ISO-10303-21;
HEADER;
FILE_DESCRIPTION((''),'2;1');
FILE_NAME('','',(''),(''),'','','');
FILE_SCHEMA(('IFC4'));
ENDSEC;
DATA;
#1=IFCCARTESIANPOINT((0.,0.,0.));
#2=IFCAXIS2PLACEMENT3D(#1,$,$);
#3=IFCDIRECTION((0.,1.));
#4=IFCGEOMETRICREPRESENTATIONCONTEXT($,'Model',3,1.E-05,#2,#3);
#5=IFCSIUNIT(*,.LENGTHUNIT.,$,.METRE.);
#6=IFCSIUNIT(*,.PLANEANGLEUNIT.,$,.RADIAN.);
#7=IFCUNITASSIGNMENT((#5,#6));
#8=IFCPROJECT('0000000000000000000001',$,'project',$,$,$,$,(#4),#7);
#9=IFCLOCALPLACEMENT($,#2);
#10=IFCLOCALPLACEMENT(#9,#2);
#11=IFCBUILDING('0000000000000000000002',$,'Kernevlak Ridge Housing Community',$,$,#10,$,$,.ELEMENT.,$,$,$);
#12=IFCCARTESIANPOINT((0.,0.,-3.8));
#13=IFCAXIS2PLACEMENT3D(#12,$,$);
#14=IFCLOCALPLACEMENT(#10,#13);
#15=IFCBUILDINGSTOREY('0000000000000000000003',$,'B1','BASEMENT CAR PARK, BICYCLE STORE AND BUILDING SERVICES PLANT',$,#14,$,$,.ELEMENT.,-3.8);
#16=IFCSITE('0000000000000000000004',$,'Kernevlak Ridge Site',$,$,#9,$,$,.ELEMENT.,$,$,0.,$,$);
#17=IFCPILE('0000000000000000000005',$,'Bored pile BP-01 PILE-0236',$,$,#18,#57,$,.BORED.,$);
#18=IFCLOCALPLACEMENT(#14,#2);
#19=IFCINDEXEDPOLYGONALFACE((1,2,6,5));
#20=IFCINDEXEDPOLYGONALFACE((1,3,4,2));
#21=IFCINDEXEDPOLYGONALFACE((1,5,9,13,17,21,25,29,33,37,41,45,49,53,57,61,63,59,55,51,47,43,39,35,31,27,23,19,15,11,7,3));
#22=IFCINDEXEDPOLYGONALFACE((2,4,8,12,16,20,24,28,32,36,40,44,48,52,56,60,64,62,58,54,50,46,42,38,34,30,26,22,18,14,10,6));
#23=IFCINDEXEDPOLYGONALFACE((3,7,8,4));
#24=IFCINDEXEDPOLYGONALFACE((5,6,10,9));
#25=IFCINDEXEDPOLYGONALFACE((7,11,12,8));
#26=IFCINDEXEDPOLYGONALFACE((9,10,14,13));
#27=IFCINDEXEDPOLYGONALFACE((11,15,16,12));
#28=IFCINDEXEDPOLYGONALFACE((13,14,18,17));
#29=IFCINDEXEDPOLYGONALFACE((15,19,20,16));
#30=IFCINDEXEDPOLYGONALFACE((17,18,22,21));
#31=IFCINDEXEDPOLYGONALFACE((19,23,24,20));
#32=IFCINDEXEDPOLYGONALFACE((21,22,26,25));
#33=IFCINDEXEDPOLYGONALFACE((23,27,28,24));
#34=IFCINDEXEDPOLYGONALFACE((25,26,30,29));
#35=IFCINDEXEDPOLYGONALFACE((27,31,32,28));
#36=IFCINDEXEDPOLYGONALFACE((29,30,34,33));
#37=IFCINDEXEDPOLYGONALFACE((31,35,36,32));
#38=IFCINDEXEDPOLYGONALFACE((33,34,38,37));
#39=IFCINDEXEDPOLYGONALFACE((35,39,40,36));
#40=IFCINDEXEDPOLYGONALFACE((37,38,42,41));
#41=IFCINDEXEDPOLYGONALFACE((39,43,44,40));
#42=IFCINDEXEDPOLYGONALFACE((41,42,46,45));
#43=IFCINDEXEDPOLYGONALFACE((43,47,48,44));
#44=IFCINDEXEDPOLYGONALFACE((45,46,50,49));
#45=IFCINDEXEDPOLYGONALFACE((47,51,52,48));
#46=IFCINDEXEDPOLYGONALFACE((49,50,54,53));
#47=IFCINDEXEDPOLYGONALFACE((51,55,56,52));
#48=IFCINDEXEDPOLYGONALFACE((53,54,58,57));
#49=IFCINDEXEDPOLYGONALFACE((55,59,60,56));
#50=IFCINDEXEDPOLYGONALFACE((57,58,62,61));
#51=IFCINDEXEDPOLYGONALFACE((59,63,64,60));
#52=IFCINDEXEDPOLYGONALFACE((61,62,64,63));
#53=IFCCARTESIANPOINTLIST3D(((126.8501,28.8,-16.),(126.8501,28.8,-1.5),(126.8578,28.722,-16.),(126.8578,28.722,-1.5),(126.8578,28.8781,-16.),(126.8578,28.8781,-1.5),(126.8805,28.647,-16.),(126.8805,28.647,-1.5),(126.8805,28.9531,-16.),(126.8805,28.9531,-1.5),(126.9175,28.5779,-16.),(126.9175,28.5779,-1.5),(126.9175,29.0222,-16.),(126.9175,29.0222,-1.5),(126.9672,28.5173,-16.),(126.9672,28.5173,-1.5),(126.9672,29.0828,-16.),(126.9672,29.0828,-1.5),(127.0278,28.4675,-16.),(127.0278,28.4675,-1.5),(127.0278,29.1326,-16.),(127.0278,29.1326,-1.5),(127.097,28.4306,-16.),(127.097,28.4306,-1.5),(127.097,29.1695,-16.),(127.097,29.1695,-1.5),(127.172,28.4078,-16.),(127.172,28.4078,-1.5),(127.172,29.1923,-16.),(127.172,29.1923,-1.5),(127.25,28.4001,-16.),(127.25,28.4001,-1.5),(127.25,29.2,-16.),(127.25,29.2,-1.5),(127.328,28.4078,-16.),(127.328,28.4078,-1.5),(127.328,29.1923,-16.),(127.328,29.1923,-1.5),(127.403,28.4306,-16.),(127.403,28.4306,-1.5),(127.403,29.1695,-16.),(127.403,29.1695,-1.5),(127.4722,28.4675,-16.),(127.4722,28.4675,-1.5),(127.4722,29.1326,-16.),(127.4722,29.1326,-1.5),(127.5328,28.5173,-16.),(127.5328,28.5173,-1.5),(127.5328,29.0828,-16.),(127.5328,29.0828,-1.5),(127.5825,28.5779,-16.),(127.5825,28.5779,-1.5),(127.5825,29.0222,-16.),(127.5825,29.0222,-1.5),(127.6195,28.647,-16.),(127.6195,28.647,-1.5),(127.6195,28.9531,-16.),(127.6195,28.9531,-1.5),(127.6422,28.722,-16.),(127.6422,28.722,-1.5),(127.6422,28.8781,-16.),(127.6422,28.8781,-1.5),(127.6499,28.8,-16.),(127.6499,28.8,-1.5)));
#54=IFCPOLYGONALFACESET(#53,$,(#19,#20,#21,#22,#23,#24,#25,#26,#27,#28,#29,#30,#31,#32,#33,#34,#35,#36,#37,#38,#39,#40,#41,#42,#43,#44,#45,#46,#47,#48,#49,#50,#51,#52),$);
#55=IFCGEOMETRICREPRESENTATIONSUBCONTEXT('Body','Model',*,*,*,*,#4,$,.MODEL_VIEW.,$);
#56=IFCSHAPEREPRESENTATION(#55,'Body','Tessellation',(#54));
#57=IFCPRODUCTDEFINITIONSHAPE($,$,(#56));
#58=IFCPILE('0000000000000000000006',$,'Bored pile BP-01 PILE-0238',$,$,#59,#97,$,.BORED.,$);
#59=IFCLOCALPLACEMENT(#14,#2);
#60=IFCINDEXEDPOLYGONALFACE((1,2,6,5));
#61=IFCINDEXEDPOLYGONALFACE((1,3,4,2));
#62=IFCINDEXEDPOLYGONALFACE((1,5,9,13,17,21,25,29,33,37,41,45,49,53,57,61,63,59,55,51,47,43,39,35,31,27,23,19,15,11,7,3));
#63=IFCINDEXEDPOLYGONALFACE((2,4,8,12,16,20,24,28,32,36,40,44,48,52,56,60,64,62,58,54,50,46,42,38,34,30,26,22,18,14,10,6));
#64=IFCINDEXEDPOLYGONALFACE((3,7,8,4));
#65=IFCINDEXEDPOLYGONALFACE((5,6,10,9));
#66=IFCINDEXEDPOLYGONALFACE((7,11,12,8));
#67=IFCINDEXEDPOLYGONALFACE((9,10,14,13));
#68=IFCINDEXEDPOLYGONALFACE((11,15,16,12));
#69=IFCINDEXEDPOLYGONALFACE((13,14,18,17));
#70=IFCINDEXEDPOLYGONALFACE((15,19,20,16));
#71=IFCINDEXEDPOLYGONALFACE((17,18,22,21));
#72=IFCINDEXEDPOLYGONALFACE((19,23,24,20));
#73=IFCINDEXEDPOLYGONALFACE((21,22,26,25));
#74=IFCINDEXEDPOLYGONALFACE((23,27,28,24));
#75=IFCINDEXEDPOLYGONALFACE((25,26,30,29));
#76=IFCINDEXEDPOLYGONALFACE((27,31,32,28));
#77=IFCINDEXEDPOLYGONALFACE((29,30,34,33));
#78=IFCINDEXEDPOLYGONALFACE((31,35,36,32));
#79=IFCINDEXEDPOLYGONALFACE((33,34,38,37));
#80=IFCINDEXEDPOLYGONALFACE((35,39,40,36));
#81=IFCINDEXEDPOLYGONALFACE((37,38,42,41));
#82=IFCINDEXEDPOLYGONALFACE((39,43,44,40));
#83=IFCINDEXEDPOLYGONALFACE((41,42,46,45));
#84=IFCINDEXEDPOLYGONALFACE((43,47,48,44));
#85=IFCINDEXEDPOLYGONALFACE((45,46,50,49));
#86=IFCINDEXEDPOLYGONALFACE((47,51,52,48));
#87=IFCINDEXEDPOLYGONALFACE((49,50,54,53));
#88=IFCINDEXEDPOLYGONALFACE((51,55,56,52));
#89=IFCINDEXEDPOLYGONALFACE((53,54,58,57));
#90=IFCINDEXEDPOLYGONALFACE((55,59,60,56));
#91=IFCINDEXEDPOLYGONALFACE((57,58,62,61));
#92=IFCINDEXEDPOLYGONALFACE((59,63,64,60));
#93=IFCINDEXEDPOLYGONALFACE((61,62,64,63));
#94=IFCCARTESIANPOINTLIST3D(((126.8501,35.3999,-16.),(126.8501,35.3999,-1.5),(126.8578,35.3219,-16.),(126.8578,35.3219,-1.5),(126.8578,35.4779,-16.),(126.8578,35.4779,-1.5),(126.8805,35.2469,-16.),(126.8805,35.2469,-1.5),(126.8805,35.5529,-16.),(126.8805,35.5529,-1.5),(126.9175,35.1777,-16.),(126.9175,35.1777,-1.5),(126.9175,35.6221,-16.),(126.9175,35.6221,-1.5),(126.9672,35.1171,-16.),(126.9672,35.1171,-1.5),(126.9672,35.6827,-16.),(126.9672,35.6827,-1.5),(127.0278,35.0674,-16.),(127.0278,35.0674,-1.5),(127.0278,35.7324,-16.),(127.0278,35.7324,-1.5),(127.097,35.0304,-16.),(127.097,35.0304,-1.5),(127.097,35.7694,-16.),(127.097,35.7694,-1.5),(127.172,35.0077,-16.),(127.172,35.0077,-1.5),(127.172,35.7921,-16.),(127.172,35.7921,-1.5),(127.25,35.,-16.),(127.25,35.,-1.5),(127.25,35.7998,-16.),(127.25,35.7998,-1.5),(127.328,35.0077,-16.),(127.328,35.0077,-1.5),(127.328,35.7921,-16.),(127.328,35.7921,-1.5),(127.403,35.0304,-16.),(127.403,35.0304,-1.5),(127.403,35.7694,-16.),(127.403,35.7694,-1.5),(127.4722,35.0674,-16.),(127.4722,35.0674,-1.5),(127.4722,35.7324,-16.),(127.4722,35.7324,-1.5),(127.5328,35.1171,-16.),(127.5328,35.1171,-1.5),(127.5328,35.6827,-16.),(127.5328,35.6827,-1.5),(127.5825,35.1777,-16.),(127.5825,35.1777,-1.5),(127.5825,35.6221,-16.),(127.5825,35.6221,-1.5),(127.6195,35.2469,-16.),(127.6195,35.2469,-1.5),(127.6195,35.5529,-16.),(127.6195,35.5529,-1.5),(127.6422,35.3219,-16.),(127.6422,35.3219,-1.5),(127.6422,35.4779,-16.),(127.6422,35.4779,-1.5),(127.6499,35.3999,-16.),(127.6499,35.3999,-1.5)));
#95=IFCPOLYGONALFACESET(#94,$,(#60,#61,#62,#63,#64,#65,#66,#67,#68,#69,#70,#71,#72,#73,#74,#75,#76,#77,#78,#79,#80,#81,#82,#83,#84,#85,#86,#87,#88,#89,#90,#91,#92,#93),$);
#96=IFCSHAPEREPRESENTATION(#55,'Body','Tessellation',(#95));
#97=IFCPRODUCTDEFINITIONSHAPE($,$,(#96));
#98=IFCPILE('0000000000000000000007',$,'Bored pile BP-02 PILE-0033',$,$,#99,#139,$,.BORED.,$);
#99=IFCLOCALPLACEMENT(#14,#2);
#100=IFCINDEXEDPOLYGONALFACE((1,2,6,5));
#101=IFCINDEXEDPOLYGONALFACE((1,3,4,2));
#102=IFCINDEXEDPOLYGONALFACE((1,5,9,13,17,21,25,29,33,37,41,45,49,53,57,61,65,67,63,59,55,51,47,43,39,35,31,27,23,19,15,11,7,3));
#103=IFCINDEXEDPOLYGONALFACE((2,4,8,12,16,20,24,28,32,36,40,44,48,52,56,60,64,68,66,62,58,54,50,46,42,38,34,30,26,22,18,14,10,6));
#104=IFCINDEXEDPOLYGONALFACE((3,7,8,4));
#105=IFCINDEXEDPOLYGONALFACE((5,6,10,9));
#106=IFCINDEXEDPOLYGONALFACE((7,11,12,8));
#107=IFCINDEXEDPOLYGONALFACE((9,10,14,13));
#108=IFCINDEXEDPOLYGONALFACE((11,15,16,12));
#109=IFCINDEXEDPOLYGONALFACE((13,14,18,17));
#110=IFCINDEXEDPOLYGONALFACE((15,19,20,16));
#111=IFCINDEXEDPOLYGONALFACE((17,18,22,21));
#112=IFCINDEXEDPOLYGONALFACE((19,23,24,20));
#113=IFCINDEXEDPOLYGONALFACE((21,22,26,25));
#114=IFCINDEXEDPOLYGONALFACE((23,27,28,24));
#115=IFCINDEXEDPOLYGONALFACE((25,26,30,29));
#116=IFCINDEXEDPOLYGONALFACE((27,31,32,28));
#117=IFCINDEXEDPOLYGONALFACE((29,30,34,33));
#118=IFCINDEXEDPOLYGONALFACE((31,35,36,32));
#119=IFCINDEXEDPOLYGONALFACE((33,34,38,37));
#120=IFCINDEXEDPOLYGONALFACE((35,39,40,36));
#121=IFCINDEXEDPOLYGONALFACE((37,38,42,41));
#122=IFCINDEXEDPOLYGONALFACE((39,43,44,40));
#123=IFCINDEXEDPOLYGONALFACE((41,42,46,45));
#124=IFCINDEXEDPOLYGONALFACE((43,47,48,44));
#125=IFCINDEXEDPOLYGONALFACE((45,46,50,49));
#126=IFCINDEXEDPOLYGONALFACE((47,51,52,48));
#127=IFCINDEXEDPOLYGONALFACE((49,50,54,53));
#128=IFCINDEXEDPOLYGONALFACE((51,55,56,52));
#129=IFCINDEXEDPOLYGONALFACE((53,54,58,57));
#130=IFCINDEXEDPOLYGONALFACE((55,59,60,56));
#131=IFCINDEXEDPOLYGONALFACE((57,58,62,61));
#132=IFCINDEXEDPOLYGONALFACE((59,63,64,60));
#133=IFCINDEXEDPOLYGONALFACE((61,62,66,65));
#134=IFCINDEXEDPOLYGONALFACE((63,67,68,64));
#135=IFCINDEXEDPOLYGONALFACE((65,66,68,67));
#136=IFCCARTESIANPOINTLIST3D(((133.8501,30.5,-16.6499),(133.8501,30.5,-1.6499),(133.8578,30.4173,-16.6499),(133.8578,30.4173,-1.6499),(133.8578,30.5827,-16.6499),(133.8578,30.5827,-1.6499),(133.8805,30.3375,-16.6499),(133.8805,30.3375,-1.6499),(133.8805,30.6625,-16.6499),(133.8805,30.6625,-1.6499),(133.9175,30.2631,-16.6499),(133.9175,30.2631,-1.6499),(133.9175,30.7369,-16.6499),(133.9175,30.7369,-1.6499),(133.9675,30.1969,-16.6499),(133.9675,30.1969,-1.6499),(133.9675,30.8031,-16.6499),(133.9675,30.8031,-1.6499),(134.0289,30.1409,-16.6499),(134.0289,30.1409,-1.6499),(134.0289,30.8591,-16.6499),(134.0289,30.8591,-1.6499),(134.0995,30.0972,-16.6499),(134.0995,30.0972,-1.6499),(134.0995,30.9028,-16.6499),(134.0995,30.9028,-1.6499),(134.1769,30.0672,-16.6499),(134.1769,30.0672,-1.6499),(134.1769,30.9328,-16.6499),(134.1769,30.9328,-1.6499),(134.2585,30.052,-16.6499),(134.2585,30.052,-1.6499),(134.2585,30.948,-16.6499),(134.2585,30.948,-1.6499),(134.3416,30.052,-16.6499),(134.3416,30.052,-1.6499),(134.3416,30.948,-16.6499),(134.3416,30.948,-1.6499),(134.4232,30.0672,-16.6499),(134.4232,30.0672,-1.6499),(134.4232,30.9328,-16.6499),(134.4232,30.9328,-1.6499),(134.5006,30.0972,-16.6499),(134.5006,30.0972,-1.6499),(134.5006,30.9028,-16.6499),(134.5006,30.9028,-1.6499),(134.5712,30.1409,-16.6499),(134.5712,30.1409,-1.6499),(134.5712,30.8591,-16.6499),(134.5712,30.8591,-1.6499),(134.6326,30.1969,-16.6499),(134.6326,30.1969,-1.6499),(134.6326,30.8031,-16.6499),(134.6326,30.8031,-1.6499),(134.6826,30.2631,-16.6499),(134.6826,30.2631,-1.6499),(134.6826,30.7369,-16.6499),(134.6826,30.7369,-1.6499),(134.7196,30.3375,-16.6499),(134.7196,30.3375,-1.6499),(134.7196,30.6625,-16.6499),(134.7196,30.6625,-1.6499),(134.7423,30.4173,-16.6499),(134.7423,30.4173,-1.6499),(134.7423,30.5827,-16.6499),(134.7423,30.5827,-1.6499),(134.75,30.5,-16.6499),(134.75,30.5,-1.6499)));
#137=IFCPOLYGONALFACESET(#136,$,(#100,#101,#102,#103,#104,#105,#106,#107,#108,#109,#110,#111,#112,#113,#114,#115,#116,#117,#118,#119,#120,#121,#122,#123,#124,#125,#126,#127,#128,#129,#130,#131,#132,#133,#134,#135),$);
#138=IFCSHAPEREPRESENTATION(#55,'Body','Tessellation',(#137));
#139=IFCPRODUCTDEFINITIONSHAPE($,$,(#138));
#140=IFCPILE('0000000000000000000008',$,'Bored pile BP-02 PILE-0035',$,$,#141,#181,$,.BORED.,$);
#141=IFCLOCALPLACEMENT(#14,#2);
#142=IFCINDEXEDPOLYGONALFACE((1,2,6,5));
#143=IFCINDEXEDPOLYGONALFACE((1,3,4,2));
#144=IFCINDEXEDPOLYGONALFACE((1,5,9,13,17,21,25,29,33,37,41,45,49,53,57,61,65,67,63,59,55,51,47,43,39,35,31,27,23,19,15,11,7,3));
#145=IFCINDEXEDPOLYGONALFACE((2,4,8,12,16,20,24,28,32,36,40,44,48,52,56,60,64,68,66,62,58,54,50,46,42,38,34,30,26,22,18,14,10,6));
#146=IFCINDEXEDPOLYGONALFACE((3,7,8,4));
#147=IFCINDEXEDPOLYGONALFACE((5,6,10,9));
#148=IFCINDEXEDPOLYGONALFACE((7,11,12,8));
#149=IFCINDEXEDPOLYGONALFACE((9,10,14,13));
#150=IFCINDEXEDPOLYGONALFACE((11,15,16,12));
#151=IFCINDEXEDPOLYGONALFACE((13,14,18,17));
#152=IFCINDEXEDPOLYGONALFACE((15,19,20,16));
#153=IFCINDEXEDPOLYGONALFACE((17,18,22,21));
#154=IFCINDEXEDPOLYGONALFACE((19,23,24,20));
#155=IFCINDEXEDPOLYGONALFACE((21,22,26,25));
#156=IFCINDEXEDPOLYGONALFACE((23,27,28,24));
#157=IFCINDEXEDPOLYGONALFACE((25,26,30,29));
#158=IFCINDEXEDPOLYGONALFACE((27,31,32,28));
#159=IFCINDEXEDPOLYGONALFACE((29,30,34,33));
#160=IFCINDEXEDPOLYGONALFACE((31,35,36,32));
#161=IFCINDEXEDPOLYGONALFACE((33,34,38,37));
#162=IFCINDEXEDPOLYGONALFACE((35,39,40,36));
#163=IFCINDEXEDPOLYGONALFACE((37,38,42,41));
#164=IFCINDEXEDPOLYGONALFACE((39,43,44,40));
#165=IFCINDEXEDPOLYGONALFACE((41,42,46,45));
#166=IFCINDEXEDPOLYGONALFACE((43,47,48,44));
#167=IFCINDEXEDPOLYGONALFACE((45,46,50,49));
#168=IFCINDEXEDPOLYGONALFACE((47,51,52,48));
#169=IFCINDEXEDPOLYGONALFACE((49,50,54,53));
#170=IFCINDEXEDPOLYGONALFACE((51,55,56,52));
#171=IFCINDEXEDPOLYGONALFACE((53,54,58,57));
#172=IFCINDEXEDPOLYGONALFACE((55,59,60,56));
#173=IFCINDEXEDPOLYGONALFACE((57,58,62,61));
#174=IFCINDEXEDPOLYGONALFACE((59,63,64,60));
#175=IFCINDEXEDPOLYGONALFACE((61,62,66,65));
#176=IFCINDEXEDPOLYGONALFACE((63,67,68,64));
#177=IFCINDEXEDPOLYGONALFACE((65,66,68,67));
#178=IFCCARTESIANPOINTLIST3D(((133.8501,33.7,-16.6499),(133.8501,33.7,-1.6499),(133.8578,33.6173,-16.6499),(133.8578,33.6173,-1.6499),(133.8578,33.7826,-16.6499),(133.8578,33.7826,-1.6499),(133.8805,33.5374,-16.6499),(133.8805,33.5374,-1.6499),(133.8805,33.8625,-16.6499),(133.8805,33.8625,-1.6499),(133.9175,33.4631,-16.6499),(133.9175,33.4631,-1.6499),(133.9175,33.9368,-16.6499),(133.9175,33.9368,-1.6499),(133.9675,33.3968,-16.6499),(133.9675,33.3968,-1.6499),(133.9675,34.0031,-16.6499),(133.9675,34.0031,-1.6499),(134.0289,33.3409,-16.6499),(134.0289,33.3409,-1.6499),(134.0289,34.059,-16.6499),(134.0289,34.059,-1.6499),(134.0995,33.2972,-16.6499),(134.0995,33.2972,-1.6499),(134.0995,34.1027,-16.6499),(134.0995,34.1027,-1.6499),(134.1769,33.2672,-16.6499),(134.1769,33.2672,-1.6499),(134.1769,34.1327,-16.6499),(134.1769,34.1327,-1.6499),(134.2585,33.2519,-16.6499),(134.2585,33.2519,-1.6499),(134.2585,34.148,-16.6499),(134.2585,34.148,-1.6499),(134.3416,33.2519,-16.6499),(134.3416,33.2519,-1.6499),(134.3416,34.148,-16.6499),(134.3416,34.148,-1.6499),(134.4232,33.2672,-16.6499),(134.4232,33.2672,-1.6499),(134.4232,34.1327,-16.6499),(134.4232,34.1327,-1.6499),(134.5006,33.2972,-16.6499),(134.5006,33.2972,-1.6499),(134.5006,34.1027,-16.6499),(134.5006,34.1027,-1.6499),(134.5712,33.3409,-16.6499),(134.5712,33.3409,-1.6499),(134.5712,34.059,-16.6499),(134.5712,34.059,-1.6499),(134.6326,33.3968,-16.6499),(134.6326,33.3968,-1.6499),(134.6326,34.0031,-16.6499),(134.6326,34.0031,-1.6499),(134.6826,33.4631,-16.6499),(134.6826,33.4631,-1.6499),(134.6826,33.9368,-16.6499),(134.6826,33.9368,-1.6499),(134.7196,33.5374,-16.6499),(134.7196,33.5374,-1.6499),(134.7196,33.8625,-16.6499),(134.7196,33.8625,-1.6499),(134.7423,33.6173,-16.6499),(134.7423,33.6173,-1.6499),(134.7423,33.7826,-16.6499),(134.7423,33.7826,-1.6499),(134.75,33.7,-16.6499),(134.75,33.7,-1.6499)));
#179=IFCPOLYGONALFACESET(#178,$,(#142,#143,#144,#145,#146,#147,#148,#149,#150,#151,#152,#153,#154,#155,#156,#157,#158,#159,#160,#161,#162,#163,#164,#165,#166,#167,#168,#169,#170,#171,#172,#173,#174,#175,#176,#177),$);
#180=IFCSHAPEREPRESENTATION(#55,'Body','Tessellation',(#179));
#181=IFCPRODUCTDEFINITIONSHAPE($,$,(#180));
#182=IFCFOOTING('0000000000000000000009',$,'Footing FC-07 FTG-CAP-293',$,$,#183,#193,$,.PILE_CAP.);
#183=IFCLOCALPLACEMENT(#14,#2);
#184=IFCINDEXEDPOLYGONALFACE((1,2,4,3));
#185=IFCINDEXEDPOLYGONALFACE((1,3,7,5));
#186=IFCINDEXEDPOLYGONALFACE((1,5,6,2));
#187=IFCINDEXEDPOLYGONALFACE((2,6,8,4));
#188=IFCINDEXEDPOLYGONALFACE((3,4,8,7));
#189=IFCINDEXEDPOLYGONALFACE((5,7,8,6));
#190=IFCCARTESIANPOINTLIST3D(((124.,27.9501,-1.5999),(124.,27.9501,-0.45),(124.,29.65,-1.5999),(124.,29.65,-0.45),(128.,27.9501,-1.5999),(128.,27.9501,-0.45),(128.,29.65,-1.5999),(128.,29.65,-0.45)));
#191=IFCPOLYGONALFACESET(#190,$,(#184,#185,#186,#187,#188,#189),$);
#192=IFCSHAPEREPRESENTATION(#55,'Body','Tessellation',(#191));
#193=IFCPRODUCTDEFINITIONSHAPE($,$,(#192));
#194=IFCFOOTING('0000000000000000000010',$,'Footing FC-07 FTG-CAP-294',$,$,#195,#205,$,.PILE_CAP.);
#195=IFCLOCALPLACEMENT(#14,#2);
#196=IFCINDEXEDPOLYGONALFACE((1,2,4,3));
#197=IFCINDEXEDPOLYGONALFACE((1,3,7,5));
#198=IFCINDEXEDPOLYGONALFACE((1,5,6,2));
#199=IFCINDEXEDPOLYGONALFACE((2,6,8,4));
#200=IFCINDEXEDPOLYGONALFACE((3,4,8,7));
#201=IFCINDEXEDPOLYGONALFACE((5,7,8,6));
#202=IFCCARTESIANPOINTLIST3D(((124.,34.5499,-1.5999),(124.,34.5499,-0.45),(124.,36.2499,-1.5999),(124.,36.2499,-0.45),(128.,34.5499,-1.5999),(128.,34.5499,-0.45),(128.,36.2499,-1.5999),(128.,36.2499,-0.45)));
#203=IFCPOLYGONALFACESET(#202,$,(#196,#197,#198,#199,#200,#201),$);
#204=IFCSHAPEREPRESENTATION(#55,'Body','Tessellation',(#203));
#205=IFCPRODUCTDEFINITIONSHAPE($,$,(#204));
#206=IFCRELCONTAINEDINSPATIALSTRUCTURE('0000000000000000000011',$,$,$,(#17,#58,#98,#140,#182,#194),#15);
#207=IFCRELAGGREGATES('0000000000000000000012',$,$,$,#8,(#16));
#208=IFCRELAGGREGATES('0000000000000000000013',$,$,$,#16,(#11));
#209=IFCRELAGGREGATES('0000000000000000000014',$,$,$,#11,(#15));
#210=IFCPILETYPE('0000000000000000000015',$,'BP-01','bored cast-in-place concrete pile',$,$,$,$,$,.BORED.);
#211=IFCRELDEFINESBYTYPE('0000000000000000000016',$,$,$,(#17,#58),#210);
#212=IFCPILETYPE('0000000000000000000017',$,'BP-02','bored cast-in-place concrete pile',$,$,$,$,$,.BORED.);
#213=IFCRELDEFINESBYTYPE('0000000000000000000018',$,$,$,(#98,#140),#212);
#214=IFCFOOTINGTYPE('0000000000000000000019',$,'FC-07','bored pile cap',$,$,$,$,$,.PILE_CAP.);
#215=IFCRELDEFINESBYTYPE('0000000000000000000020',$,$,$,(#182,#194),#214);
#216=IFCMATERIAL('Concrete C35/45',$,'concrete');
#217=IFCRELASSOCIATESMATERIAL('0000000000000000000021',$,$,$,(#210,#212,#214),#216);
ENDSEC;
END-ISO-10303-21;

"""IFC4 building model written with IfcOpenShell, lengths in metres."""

from ifc_helpers import new_model, si_unit, direction, frame, origin, origin_2d, place, context, subcontext, project, spatial, rectangle, circle, extrude, material, material_profile, profile_set, type_object, element, save


model = new_model("IFC4")

# Units and contexts
model_context = context("Model", 3, precision=1e-05, world=origin(), true_north=direction((0.0, 1.0)))
body_context = subcontext(model_context, "Body", "Model", "MODEL_VIEW")
ifc_project = project(units=[si_unit("LENGTHUNIT", "METRE"), si_unit("PLANEANGLEUNIT", "RADIAN")], contexts=[model_context])

# Site, building, storey
site_placement = place(None, origin())
site = spatial("IfcSite", under=ifc_project, at=site_placement, Name="Kernevlak Ridge Site", CompositionType="ELEMENT", RefElevation=0.0)
building_placement = place(site_placement, origin())
building = spatial("IfcBuilding", under=site, at=building_placement, Name="Kernevlak Ridge Housing Community", CompositionType="ELEMENT")
storey_placement = place(building_placement, frame((0.0, 0.0, -3.8)))
storey = spatial("IfcBuildingStorey", under=building, at=storey_placement, Name="B1", Description="BASEMENT CAR PARK, BICYCLE STORE AND BUILDING SERVICES PLANT", CompositionType="ELEMENT", Elevation=-3.8)

# Piles
ifc_material_1 = material(Name="Concrete C35/45", Category="concrete")
ifc_material_profile_1 = material_profile(ifc_material_1, circle(Radius=0.3999, at=origin_2d()), Name="BORED PILE 800")
ifc_profile_set_1 = profile_set([ifc_material_profile_1], Name="Concrete C35/45")
pile_type_1 = type_object("IfcPileType", Name="BP-01", Description="bored cast-in-place concrete pile", PredefinedType="BORED", material=ifc_profile_set_1)
for number, where, z_axis, x_axis, name in (
    (1, (127.25, 28.8, -1.5), (0.0, 0.0, -1.0), (1.0, 0.0, 0.0), "Bored pile BP-01 PILE-0236"),
    (2, (127.25, 35.3999, -1.5), (0.0, 0.0, -1.0), (1.0, 0.0, 0.0), "Bored pile BP-01 PILE-0238"),
):
    element("IfcPile", number, at=place(storey_placement, frame(where, z_axis=z_axis, x_axis=x_axis)), inside=storey, type_object=pile_type_1, Name=name, PredefinedType="BORED", context=body_context, shape_type="SweptSolid", body=[
        extrude(circle(Radius=0.3999, at=origin_2d()), origin(), (0.0, 0.0, 1.0), 14.5),
    ])
ifc_material_profile_2 = material_profile(ifc_material_1, circle(Radius=0.45, at=origin_2d()), Name="BORED PILE 900")
ifc_profile_set_2 = profile_set([ifc_material_profile_2], Name="Concrete C35/45")
pile_type_2 = type_object("IfcPileType", Name="BP-02", Description="bored cast-in-place concrete pile", PredefinedType="BORED", material=ifc_profile_set_2)
for number, where, z_axis, x_axis, name in (
    (3, (134.3, 30.5, -1.6499), (0.0, 0.0, -1.0), (1.0, 0.0, 0.0), "Bored pile BP-02 PILE-0033"),
    (4, (134.3, 33.7, -1.6499), (0.0, 0.0, -1.0), (1.0, 0.0, 0.0), "Bored pile BP-02 PILE-0035"),
):
    element("IfcPile", number, at=place(storey_placement, frame(where, z_axis=z_axis, x_axis=x_axis)), inside=storey, type_object=pile_type_2, Name=name, PredefinedType="BORED", context=body_context, shape_type="SweptSolid", body=[
        extrude(circle(Radius=0.45, at=origin_2d()), origin(), (0.0, 0.0, 1.0), 15.0),
    ])

# Footings
footing_type = type_object("IfcFootingType", Name="FC-07", Description="bored pile cap", PredefinedType="PILE_CAP", material=ifc_material_1)
for number, where, z_axis, x_axis, name in (
    (5, (126.0, 28.8, -1.5999), (0.0, 0.0, 1.0), (1.0, 0.0, 0.0), "Footing FC-07 FTG-CAP-293"),
    (6, (126.0, 35.3999, -1.5999), (0.0, 0.0, 1.0), (1.0, 0.0, 0.0), "Footing FC-07 FTG-CAP-294"),
):
    element("IfcFooting", number, at=place(storey_placement, frame(where, z_axis=z_axis, x_axis=x_axis)), inside=storey, type_object=footing_type, Name=name, PredefinedType="PILE_CAP", context=body_context, shape_type="SweptSolid", body=[
        extrude(rectangle(XDim=4.0, YDim=1.7, at=origin_2d()), origin(), (0.0, 0.0, 1.0), 1.1499),
    ])

save(model, "model.ifc")
